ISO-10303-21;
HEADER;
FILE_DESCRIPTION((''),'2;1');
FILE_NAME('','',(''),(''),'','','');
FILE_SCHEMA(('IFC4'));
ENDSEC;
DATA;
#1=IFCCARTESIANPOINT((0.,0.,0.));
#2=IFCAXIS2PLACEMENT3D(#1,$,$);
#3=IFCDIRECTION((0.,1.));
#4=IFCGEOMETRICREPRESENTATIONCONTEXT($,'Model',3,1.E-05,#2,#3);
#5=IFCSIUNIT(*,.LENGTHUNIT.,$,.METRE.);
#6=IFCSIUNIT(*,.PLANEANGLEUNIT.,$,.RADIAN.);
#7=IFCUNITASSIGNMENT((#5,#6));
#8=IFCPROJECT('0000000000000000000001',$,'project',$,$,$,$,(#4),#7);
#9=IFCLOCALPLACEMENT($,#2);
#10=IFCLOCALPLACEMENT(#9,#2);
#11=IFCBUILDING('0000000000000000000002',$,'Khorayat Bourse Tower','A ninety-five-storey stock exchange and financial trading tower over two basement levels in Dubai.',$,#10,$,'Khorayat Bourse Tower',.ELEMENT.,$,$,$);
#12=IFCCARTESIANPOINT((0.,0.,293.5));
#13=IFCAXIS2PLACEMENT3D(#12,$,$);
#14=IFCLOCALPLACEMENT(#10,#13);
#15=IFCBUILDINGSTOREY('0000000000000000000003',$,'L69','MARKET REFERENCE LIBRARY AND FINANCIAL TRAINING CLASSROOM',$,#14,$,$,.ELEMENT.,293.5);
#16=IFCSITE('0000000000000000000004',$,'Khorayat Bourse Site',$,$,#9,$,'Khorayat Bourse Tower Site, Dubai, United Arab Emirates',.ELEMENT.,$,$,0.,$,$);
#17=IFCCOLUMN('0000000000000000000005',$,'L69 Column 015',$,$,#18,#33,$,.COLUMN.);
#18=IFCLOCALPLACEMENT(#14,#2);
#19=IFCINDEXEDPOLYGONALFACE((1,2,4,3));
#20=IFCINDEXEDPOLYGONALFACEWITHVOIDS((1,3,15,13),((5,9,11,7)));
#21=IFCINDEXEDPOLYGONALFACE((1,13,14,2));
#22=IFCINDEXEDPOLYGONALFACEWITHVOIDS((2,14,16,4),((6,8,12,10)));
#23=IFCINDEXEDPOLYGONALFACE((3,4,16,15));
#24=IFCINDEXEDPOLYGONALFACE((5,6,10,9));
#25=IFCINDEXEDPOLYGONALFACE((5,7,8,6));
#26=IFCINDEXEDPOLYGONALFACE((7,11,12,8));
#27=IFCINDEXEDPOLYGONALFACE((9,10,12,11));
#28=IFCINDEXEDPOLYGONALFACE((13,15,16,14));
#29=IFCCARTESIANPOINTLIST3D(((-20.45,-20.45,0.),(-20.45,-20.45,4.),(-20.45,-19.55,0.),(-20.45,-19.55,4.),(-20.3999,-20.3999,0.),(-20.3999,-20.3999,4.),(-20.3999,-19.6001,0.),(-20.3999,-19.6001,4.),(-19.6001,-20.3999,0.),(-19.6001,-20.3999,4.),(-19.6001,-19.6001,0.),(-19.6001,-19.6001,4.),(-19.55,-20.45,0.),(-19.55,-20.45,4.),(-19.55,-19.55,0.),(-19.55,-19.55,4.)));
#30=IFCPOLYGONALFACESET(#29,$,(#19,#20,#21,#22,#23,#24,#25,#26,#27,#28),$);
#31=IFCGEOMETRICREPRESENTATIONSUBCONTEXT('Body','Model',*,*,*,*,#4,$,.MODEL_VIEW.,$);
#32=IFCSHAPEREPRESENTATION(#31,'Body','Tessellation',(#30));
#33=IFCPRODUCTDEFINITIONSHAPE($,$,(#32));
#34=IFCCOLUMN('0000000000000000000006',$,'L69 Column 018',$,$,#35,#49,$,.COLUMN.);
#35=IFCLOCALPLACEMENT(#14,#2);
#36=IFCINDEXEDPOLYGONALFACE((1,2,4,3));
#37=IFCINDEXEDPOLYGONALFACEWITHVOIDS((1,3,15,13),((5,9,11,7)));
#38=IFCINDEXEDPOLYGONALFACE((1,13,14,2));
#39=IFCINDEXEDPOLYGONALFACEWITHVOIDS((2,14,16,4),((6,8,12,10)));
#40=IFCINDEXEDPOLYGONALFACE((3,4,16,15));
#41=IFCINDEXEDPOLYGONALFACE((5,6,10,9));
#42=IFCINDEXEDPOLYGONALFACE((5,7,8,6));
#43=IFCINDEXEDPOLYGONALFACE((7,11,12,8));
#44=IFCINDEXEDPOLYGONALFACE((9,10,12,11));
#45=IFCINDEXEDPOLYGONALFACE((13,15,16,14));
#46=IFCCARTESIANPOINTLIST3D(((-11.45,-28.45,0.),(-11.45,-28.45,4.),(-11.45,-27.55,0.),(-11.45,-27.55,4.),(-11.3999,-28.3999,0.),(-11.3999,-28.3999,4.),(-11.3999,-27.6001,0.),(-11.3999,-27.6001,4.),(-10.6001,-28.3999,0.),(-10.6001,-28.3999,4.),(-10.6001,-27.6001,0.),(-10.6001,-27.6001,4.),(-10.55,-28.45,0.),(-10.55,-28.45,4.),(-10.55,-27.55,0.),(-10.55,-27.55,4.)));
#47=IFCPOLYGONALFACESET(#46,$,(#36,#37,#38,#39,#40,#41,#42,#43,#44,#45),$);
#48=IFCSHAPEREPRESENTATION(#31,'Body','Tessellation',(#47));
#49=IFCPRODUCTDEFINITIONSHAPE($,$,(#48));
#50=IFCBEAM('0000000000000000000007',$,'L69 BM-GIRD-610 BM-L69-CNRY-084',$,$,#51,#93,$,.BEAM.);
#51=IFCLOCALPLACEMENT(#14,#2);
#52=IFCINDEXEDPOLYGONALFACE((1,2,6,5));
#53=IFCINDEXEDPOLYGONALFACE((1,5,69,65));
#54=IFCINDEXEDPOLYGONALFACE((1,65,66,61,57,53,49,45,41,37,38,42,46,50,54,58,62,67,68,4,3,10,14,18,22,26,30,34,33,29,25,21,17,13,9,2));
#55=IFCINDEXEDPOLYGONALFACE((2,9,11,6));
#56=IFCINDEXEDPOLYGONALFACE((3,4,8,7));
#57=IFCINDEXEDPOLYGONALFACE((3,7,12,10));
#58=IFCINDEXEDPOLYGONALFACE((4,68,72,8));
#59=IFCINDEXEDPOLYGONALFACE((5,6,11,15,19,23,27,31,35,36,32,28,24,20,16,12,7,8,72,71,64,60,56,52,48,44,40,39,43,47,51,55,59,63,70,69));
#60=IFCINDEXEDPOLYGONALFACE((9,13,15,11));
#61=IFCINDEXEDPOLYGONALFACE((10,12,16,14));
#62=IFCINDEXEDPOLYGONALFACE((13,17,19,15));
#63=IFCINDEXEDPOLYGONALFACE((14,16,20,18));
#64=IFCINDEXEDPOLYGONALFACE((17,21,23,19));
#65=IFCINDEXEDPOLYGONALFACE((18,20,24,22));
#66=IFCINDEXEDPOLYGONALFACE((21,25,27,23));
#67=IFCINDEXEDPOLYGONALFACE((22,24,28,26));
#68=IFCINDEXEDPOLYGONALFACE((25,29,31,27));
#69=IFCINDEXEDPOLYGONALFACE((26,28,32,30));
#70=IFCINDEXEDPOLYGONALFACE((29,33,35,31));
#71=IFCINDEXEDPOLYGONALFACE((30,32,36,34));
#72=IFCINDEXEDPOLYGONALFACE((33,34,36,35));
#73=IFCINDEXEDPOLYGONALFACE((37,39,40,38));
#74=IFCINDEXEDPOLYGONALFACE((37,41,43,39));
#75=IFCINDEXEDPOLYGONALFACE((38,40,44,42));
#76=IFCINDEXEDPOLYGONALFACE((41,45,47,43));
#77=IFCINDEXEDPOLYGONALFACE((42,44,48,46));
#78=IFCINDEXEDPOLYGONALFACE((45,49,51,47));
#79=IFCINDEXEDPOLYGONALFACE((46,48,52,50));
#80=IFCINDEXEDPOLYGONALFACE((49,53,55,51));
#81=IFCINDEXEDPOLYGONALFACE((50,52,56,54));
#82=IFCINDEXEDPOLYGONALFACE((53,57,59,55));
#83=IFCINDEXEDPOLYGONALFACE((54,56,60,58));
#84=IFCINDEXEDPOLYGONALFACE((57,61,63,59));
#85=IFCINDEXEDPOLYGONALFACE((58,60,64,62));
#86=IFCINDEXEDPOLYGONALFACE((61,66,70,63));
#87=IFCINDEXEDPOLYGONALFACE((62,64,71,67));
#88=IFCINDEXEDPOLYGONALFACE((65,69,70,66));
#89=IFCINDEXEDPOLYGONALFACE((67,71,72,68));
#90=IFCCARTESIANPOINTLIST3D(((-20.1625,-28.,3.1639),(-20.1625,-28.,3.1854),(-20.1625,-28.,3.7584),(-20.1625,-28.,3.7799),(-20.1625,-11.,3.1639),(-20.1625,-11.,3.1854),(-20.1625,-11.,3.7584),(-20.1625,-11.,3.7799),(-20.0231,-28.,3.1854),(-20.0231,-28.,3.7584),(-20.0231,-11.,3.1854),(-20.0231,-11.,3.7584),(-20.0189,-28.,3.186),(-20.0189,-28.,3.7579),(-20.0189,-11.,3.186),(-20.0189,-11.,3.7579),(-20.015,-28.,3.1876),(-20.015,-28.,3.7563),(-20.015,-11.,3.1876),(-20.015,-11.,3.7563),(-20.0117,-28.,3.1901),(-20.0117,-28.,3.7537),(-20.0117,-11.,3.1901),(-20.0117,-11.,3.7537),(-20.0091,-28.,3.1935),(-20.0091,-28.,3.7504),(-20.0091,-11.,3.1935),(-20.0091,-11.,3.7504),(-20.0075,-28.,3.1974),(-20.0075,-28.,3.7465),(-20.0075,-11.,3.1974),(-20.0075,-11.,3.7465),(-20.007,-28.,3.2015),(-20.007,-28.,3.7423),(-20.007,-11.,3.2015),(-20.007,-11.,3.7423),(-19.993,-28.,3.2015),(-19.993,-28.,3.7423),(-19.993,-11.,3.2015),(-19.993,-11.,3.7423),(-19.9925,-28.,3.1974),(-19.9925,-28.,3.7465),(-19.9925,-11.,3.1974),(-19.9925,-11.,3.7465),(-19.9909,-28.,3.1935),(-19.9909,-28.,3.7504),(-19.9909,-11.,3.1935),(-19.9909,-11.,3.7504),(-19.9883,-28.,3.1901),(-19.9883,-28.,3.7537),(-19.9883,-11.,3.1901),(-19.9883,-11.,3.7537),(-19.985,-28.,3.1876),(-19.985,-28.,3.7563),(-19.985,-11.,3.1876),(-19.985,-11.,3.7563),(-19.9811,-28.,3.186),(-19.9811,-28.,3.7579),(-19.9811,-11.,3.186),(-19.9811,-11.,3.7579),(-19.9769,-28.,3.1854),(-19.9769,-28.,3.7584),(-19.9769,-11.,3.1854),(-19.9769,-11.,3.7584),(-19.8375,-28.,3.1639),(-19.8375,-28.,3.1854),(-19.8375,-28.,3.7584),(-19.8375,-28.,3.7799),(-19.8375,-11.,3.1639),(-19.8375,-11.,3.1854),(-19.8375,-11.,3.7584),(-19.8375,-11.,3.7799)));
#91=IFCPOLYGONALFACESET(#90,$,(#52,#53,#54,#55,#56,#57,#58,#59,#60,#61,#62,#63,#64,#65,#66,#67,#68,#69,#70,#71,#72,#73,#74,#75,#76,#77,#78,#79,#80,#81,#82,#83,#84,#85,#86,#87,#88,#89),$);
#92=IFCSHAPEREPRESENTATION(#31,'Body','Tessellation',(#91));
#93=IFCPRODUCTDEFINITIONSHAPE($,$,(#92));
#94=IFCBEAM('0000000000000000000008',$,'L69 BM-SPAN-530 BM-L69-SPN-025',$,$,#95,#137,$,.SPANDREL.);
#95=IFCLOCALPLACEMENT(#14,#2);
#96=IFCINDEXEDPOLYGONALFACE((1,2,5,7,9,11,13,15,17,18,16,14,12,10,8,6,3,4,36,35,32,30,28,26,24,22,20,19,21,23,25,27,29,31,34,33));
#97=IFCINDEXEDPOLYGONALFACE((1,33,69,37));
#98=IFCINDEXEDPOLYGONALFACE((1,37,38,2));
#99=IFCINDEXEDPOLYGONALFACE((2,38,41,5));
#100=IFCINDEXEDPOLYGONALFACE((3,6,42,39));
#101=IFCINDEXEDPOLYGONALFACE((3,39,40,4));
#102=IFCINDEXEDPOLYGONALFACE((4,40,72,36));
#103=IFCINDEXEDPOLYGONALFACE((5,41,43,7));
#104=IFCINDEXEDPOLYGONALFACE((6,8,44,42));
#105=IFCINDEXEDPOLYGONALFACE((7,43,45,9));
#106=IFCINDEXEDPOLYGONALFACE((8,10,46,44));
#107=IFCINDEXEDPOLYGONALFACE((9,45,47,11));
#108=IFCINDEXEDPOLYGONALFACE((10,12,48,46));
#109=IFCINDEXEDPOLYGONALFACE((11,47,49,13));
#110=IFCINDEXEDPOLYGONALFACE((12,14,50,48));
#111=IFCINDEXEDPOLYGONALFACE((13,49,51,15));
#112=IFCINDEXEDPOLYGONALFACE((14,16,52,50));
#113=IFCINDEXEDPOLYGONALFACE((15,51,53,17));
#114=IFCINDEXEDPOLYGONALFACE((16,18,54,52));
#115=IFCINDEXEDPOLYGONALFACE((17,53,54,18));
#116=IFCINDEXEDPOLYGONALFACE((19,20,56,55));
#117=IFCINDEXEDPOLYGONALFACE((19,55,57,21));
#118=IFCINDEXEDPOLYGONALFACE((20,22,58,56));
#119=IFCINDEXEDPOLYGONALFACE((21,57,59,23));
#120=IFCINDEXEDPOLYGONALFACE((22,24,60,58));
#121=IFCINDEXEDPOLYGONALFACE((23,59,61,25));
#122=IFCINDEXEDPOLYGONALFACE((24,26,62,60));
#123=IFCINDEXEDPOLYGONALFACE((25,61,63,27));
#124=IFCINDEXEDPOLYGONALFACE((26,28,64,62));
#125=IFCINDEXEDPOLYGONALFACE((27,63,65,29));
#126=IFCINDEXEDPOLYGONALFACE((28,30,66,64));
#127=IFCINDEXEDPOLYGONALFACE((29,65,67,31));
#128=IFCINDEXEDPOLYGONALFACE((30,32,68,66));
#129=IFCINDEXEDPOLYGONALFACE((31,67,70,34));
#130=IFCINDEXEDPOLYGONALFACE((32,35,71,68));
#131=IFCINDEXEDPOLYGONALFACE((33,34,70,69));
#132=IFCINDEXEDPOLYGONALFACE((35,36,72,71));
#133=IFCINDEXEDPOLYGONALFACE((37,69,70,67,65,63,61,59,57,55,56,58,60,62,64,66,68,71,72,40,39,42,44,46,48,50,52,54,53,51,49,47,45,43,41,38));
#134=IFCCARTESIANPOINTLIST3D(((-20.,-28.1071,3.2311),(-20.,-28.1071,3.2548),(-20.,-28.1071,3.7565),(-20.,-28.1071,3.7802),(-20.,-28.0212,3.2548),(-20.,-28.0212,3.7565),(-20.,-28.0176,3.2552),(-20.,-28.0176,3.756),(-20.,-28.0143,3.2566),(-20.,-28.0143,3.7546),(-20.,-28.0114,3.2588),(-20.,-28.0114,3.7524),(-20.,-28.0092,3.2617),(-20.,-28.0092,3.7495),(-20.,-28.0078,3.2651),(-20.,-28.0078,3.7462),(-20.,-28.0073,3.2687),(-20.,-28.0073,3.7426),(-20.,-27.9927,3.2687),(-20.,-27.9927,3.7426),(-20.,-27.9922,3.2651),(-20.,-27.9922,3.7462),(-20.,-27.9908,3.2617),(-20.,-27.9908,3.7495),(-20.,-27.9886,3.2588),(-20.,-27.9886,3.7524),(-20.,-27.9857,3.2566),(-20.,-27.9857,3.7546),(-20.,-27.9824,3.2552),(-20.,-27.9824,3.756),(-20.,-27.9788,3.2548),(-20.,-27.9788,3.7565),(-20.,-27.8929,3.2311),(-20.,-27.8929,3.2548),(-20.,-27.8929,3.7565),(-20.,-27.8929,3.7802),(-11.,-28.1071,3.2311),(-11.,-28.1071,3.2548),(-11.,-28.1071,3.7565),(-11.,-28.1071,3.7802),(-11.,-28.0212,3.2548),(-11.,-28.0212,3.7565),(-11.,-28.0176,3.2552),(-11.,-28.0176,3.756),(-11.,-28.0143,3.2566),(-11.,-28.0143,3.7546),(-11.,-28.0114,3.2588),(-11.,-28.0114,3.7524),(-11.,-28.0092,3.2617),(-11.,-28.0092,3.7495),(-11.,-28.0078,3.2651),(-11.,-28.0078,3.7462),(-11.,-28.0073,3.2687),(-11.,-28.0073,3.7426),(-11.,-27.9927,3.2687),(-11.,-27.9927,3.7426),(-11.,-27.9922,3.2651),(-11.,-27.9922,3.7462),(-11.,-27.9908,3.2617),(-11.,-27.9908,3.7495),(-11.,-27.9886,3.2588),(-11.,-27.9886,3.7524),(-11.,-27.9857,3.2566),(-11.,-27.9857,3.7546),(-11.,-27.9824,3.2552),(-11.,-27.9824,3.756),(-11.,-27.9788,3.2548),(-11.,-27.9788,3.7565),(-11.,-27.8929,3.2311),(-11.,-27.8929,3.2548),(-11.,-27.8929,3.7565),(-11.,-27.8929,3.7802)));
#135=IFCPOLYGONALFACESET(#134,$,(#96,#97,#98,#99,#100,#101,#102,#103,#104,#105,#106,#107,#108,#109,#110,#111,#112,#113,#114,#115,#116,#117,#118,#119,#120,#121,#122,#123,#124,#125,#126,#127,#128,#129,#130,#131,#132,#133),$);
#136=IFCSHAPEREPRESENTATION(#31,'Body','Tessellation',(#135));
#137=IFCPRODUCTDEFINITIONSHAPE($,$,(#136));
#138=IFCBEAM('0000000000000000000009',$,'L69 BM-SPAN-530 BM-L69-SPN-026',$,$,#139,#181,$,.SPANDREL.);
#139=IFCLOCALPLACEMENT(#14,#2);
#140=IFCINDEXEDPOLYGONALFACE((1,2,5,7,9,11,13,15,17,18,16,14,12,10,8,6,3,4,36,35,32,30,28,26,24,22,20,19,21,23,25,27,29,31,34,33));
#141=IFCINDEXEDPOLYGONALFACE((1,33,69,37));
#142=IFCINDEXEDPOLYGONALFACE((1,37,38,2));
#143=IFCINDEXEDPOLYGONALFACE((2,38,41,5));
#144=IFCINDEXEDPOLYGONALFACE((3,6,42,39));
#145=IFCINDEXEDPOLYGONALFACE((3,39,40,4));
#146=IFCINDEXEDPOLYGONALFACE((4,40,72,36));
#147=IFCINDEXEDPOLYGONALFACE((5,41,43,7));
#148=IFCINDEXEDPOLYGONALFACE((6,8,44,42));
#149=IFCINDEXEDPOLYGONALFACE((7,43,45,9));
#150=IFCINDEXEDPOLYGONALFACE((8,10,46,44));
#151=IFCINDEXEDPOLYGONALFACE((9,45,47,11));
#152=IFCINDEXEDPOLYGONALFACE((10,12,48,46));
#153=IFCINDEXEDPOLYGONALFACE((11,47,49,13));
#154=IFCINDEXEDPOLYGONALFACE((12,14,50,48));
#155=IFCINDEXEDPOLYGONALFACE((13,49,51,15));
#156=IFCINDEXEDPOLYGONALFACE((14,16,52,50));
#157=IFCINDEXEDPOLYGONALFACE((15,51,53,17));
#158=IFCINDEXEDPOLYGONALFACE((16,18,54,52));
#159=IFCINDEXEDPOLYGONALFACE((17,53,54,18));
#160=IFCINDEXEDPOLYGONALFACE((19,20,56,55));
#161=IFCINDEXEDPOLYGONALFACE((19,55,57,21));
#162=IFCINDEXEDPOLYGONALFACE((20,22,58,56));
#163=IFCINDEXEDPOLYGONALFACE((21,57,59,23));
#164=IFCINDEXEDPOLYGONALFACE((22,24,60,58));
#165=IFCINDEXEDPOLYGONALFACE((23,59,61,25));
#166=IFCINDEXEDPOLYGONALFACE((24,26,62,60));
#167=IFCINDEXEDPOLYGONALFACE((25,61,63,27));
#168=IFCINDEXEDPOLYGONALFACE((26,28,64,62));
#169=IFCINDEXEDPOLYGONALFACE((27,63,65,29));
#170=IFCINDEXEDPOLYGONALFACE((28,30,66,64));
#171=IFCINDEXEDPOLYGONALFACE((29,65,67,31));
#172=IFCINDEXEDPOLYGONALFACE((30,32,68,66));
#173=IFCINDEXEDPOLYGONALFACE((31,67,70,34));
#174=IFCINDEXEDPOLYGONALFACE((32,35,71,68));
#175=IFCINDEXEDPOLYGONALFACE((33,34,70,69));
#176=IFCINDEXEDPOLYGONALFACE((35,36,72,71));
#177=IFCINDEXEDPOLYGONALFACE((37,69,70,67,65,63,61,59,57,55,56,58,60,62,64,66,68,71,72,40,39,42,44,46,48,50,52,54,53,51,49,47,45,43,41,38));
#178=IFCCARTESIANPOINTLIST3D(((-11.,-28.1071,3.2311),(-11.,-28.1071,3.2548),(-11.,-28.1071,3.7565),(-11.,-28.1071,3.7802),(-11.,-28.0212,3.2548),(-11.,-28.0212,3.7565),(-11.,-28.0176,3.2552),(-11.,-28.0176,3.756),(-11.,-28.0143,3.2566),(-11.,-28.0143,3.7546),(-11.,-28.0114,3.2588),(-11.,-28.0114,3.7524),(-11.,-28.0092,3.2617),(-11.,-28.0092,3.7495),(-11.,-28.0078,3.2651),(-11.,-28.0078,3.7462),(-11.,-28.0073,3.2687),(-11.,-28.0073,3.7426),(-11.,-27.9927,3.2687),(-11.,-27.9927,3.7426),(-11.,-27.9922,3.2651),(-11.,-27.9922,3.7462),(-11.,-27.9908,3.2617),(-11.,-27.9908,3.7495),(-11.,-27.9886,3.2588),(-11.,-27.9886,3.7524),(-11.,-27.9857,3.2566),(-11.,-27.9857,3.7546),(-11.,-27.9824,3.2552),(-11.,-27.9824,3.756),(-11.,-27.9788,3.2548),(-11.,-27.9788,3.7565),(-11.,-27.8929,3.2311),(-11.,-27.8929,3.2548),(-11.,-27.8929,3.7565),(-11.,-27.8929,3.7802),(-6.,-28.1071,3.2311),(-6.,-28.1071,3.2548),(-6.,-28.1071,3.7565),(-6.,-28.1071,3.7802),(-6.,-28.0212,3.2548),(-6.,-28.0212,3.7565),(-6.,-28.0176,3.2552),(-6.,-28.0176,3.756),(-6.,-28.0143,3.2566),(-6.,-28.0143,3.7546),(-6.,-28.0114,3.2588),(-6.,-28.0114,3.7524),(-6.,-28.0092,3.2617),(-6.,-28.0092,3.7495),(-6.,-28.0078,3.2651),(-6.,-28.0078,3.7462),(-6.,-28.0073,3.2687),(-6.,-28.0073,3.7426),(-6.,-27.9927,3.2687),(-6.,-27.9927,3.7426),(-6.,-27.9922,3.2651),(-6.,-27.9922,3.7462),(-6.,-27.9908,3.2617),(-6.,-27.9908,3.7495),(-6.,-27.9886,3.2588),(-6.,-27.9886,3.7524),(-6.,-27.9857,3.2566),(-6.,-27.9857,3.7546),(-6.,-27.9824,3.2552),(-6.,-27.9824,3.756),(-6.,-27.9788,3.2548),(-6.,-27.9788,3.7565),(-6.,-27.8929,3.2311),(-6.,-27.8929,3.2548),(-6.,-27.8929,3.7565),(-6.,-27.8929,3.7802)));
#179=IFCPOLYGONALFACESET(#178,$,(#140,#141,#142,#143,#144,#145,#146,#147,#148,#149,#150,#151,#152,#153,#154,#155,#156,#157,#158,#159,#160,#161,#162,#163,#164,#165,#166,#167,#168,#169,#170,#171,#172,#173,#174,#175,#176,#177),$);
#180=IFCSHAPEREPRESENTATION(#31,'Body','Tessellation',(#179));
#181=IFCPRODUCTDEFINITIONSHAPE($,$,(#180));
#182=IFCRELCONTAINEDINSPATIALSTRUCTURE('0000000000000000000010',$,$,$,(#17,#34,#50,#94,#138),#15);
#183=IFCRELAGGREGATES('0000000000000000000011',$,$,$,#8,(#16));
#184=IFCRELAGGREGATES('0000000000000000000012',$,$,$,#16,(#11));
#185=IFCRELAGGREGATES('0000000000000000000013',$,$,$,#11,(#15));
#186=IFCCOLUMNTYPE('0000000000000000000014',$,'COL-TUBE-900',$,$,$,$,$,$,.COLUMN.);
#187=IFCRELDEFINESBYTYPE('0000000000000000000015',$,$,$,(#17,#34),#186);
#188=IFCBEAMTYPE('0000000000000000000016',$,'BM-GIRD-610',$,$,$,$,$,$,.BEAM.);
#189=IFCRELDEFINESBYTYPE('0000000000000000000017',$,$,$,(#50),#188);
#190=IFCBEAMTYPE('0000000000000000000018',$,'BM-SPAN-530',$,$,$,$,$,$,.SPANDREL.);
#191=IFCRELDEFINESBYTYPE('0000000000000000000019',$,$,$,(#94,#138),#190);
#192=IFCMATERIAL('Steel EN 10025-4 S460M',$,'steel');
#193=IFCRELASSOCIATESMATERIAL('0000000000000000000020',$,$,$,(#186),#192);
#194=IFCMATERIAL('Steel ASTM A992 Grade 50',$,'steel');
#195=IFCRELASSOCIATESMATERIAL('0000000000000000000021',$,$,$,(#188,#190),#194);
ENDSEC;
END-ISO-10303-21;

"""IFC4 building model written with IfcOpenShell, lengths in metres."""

from ifc_helpers import new_model, si_unit, direction, frame, origin, origin_2d, place, context, subcontext, project, spatial, hollow_rectangle, i_section, extrude, source, transform, mapped, material, material_profile, profile_set, type_object, element, save


model = new_model("IFC4")

# Units and contexts
model_context = context("Model", 3, precision=1e-05, world=origin(), true_north=direction((0.0, 1.0)))
body_context = subcontext(model_context, "Body", "Model", "MODEL_VIEW")
ifc_project = project(units=[si_unit("LENGTHUNIT", "METRE"), si_unit("PLANEANGLEUNIT", "RADIAN")], contexts=[model_context])

# Site, building, storey
site_placement = place(None, origin())
site = spatial("IfcSite", under=ifc_project, at=site_placement, Name="Khorayat Bourse Site", LongName="Khorayat Bourse Tower Site, Dubai, United Arab Emirates", CompositionType="ELEMENT", RefElevation=0.0)
building_placement = place(site_placement, origin())
building = spatial("IfcBuilding", under=site, at=building_placement, Name="Khorayat Bourse Tower", Description="A ninety-five-storey stock exchange and financial trading tower over two basement levels in Dubai.", LongName="Khorayat Bourse Tower", CompositionType="ELEMENT")
storey_placement = place(building_placement, frame((0.0, 0.0, 293.5)))
storey = spatial("IfcBuildingStorey", under=building, at=storey_placement, Name="L69", Description="MARKET REFERENCE LIBRARY AND FINANCIAL TRAINING CLASSROOM", CompositionType="ELEMENT", Elevation=293.5)

# Columns
ifc_material_1 = material(Name="Steel EN 10025-4 S460M", Category="steel")
ifc_material_profile_1 = material_profile(ifc_material_1, hollow_rectangle(XDim=0.8999, YDim=0.8999, WallThickness=0.05, at=origin_2d()), Name="BOX 900x900x50")
ifc_profile_set_1 = profile_set([ifc_material_profile_1], Name="Steel EN 10025-4 S460M")
column_type = type_object("IfcColumnType", Name="COL-TUBE-900", PredefinedType="COLUMN", material=ifc_profile_set_1)
shared_shape_1 = source(origin(), body_context, "Body", "SweptSolid", [
    extrude(hollow_rectangle(XDim=0.8999, YDim=0.8999, WallThickness=0.05, at=origin_2d()), origin(), (0.0, 0.0, 1.0), 4.0),
])
for number, where, z_axis, x_axis, name in (
    (1, (-20.0, -20.0, 0.0), (0.0, 0.0, 1.0), (1.0, 0.0, 0.0), "L69 Column 015"),
    (2, (-11.0, -28.0, 0.0), (0.0, 0.0, 1.0), (1.0, 0.0, 0.0), "L69 Column 018"),
):
    element("IfcColumn", number, at=place(storey_placement, frame(where, z_axis=z_axis, x_axis=x_axis)), inside=storey, type_object=column_type, Name=name, PredefinedType="COLUMN", context=body_context, shape_type="MappedRepresentation", body=[
        mapped(shared_shape_1, transform((0.0, 0.0, 0.0), scale=1.0)),
    ])

# Beams
ifc_material_2 = material(Name="Steel ASTM A992 Grade 50", Category="steel")
ifc_material_profile_2 = material_profile(ifc_material_2, i_section(OverallWidth=0.325, OverallDepth=0.616, WebThickness=0.0139, FlangeThickness=0.0215, FilletRadius=0.0161, at=origin_2d()), Name="W610X174")
ifc_profile_set_2 = profile_set([ifc_material_profile_2], Name="Steel ASTM A992 Grade 50")
beam_type_1 = type_object("IfcBeamType", Name="BM-GIRD-610", PredefinedType="BEAM", material=ifc_profile_set_2)
shared_shape_2 = source(origin(), body_context, "Body", "SweptSolid", [
    extrude(i_section(OverallWidth=0.325, OverallDepth=0.616, WebThickness=0.0139, FlangeThickness=0.0215, FilletRadius=0.0161, at=origin_2d()), origin(), (0.0, 0.0, 1.0), 17.0),
])
beam_1_placement = place(storey_placement, frame((-20.0, -28.0, 3.4719), z_axis=(0.0, 1.0, 0.0), x_axis=(-1.0, 0.0, 0.0)))
element("IfcBeam", 3, at=beam_1_placement, inside=storey, type_object=beam_type_1, Name="L69 BM-GIRD-610 BM-L69-CNRY-084", PredefinedType="BEAM", context=body_context, shape_type="MappedRepresentation", body=[
    mapped(shared_shape_2, transform((0.0, 0.0, 0.0), scale=1.0)),
])
ifc_material_profile_3 = material_profile(ifc_material_2, i_section(OverallWidth=0.2141, OverallDepth=0.5491, WebThickness=0.0146, FlangeThickness=0.0237, FilletRadius=0.0139, at=origin_2d()), Name="W530X138")
ifc_profile_set_3 = profile_set([ifc_material_profile_3], Name="Steel ASTM A992 Grade 50")
beam_type_2 = type_object("IfcBeamType", Name="BM-SPAN-530", PredefinedType="SPANDREL", material=ifc_profile_set_3)
shared_shape_3 = source(origin(), body_context, "Body", "SweptSolid", [
    extrude(i_section(OverallWidth=0.2141, OverallDepth=0.5491, WebThickness=0.0146, FlangeThickness=0.0237, FilletRadius=0.0139, at=origin_2d()), origin(), (0.0, 0.0, 1.0), 9.0),
])
beam_2_placement = place(storey_placement, frame((-20.0, -28.0, 3.5056), z_axis=(1.0, 0.0, 0.0), x_axis=(0.0, 1.0, 0.0)))
element("IfcBeam", 4, at=beam_2_placement, inside=storey, type_object=beam_type_2, Name="L69 BM-SPAN-530 BM-L69-SPN-025", PredefinedType="SPANDREL", context=body_context, shape_type="MappedRepresentation", body=[
    mapped(shared_shape_3, transform((0.0, 0.0, 0.0), scale=1.0)),
])
shared_shape_4 = source(origin(), body_context, "Body", "SweptSolid", [
    extrude(i_section(OverallWidth=0.2141, OverallDepth=0.5491, WebThickness=0.0146, FlangeThickness=0.0237, FilletRadius=0.0139, at=origin_2d()), origin(), (0.0, 0.0, 1.0), 5.0),
])
beam_3_placement = place(storey_placement, frame((-11.0, -28.0, 3.5056), z_axis=(1.0, 0.0, 0.0), x_axis=(0.0, 1.0, 0.0)))
element("IfcBeam", 5, at=beam_3_placement, inside=storey, type_object=beam_type_2, Name="L69 BM-SPAN-530 BM-L69-SPN-026", PredefinedType="SPANDREL", context=body_context, shape_type="MappedRepresentation", body=[
    mapped(shared_shape_4, transform((0.0, 0.0, 0.0), scale=1.0)),
])

save(model, "model.ifc")
